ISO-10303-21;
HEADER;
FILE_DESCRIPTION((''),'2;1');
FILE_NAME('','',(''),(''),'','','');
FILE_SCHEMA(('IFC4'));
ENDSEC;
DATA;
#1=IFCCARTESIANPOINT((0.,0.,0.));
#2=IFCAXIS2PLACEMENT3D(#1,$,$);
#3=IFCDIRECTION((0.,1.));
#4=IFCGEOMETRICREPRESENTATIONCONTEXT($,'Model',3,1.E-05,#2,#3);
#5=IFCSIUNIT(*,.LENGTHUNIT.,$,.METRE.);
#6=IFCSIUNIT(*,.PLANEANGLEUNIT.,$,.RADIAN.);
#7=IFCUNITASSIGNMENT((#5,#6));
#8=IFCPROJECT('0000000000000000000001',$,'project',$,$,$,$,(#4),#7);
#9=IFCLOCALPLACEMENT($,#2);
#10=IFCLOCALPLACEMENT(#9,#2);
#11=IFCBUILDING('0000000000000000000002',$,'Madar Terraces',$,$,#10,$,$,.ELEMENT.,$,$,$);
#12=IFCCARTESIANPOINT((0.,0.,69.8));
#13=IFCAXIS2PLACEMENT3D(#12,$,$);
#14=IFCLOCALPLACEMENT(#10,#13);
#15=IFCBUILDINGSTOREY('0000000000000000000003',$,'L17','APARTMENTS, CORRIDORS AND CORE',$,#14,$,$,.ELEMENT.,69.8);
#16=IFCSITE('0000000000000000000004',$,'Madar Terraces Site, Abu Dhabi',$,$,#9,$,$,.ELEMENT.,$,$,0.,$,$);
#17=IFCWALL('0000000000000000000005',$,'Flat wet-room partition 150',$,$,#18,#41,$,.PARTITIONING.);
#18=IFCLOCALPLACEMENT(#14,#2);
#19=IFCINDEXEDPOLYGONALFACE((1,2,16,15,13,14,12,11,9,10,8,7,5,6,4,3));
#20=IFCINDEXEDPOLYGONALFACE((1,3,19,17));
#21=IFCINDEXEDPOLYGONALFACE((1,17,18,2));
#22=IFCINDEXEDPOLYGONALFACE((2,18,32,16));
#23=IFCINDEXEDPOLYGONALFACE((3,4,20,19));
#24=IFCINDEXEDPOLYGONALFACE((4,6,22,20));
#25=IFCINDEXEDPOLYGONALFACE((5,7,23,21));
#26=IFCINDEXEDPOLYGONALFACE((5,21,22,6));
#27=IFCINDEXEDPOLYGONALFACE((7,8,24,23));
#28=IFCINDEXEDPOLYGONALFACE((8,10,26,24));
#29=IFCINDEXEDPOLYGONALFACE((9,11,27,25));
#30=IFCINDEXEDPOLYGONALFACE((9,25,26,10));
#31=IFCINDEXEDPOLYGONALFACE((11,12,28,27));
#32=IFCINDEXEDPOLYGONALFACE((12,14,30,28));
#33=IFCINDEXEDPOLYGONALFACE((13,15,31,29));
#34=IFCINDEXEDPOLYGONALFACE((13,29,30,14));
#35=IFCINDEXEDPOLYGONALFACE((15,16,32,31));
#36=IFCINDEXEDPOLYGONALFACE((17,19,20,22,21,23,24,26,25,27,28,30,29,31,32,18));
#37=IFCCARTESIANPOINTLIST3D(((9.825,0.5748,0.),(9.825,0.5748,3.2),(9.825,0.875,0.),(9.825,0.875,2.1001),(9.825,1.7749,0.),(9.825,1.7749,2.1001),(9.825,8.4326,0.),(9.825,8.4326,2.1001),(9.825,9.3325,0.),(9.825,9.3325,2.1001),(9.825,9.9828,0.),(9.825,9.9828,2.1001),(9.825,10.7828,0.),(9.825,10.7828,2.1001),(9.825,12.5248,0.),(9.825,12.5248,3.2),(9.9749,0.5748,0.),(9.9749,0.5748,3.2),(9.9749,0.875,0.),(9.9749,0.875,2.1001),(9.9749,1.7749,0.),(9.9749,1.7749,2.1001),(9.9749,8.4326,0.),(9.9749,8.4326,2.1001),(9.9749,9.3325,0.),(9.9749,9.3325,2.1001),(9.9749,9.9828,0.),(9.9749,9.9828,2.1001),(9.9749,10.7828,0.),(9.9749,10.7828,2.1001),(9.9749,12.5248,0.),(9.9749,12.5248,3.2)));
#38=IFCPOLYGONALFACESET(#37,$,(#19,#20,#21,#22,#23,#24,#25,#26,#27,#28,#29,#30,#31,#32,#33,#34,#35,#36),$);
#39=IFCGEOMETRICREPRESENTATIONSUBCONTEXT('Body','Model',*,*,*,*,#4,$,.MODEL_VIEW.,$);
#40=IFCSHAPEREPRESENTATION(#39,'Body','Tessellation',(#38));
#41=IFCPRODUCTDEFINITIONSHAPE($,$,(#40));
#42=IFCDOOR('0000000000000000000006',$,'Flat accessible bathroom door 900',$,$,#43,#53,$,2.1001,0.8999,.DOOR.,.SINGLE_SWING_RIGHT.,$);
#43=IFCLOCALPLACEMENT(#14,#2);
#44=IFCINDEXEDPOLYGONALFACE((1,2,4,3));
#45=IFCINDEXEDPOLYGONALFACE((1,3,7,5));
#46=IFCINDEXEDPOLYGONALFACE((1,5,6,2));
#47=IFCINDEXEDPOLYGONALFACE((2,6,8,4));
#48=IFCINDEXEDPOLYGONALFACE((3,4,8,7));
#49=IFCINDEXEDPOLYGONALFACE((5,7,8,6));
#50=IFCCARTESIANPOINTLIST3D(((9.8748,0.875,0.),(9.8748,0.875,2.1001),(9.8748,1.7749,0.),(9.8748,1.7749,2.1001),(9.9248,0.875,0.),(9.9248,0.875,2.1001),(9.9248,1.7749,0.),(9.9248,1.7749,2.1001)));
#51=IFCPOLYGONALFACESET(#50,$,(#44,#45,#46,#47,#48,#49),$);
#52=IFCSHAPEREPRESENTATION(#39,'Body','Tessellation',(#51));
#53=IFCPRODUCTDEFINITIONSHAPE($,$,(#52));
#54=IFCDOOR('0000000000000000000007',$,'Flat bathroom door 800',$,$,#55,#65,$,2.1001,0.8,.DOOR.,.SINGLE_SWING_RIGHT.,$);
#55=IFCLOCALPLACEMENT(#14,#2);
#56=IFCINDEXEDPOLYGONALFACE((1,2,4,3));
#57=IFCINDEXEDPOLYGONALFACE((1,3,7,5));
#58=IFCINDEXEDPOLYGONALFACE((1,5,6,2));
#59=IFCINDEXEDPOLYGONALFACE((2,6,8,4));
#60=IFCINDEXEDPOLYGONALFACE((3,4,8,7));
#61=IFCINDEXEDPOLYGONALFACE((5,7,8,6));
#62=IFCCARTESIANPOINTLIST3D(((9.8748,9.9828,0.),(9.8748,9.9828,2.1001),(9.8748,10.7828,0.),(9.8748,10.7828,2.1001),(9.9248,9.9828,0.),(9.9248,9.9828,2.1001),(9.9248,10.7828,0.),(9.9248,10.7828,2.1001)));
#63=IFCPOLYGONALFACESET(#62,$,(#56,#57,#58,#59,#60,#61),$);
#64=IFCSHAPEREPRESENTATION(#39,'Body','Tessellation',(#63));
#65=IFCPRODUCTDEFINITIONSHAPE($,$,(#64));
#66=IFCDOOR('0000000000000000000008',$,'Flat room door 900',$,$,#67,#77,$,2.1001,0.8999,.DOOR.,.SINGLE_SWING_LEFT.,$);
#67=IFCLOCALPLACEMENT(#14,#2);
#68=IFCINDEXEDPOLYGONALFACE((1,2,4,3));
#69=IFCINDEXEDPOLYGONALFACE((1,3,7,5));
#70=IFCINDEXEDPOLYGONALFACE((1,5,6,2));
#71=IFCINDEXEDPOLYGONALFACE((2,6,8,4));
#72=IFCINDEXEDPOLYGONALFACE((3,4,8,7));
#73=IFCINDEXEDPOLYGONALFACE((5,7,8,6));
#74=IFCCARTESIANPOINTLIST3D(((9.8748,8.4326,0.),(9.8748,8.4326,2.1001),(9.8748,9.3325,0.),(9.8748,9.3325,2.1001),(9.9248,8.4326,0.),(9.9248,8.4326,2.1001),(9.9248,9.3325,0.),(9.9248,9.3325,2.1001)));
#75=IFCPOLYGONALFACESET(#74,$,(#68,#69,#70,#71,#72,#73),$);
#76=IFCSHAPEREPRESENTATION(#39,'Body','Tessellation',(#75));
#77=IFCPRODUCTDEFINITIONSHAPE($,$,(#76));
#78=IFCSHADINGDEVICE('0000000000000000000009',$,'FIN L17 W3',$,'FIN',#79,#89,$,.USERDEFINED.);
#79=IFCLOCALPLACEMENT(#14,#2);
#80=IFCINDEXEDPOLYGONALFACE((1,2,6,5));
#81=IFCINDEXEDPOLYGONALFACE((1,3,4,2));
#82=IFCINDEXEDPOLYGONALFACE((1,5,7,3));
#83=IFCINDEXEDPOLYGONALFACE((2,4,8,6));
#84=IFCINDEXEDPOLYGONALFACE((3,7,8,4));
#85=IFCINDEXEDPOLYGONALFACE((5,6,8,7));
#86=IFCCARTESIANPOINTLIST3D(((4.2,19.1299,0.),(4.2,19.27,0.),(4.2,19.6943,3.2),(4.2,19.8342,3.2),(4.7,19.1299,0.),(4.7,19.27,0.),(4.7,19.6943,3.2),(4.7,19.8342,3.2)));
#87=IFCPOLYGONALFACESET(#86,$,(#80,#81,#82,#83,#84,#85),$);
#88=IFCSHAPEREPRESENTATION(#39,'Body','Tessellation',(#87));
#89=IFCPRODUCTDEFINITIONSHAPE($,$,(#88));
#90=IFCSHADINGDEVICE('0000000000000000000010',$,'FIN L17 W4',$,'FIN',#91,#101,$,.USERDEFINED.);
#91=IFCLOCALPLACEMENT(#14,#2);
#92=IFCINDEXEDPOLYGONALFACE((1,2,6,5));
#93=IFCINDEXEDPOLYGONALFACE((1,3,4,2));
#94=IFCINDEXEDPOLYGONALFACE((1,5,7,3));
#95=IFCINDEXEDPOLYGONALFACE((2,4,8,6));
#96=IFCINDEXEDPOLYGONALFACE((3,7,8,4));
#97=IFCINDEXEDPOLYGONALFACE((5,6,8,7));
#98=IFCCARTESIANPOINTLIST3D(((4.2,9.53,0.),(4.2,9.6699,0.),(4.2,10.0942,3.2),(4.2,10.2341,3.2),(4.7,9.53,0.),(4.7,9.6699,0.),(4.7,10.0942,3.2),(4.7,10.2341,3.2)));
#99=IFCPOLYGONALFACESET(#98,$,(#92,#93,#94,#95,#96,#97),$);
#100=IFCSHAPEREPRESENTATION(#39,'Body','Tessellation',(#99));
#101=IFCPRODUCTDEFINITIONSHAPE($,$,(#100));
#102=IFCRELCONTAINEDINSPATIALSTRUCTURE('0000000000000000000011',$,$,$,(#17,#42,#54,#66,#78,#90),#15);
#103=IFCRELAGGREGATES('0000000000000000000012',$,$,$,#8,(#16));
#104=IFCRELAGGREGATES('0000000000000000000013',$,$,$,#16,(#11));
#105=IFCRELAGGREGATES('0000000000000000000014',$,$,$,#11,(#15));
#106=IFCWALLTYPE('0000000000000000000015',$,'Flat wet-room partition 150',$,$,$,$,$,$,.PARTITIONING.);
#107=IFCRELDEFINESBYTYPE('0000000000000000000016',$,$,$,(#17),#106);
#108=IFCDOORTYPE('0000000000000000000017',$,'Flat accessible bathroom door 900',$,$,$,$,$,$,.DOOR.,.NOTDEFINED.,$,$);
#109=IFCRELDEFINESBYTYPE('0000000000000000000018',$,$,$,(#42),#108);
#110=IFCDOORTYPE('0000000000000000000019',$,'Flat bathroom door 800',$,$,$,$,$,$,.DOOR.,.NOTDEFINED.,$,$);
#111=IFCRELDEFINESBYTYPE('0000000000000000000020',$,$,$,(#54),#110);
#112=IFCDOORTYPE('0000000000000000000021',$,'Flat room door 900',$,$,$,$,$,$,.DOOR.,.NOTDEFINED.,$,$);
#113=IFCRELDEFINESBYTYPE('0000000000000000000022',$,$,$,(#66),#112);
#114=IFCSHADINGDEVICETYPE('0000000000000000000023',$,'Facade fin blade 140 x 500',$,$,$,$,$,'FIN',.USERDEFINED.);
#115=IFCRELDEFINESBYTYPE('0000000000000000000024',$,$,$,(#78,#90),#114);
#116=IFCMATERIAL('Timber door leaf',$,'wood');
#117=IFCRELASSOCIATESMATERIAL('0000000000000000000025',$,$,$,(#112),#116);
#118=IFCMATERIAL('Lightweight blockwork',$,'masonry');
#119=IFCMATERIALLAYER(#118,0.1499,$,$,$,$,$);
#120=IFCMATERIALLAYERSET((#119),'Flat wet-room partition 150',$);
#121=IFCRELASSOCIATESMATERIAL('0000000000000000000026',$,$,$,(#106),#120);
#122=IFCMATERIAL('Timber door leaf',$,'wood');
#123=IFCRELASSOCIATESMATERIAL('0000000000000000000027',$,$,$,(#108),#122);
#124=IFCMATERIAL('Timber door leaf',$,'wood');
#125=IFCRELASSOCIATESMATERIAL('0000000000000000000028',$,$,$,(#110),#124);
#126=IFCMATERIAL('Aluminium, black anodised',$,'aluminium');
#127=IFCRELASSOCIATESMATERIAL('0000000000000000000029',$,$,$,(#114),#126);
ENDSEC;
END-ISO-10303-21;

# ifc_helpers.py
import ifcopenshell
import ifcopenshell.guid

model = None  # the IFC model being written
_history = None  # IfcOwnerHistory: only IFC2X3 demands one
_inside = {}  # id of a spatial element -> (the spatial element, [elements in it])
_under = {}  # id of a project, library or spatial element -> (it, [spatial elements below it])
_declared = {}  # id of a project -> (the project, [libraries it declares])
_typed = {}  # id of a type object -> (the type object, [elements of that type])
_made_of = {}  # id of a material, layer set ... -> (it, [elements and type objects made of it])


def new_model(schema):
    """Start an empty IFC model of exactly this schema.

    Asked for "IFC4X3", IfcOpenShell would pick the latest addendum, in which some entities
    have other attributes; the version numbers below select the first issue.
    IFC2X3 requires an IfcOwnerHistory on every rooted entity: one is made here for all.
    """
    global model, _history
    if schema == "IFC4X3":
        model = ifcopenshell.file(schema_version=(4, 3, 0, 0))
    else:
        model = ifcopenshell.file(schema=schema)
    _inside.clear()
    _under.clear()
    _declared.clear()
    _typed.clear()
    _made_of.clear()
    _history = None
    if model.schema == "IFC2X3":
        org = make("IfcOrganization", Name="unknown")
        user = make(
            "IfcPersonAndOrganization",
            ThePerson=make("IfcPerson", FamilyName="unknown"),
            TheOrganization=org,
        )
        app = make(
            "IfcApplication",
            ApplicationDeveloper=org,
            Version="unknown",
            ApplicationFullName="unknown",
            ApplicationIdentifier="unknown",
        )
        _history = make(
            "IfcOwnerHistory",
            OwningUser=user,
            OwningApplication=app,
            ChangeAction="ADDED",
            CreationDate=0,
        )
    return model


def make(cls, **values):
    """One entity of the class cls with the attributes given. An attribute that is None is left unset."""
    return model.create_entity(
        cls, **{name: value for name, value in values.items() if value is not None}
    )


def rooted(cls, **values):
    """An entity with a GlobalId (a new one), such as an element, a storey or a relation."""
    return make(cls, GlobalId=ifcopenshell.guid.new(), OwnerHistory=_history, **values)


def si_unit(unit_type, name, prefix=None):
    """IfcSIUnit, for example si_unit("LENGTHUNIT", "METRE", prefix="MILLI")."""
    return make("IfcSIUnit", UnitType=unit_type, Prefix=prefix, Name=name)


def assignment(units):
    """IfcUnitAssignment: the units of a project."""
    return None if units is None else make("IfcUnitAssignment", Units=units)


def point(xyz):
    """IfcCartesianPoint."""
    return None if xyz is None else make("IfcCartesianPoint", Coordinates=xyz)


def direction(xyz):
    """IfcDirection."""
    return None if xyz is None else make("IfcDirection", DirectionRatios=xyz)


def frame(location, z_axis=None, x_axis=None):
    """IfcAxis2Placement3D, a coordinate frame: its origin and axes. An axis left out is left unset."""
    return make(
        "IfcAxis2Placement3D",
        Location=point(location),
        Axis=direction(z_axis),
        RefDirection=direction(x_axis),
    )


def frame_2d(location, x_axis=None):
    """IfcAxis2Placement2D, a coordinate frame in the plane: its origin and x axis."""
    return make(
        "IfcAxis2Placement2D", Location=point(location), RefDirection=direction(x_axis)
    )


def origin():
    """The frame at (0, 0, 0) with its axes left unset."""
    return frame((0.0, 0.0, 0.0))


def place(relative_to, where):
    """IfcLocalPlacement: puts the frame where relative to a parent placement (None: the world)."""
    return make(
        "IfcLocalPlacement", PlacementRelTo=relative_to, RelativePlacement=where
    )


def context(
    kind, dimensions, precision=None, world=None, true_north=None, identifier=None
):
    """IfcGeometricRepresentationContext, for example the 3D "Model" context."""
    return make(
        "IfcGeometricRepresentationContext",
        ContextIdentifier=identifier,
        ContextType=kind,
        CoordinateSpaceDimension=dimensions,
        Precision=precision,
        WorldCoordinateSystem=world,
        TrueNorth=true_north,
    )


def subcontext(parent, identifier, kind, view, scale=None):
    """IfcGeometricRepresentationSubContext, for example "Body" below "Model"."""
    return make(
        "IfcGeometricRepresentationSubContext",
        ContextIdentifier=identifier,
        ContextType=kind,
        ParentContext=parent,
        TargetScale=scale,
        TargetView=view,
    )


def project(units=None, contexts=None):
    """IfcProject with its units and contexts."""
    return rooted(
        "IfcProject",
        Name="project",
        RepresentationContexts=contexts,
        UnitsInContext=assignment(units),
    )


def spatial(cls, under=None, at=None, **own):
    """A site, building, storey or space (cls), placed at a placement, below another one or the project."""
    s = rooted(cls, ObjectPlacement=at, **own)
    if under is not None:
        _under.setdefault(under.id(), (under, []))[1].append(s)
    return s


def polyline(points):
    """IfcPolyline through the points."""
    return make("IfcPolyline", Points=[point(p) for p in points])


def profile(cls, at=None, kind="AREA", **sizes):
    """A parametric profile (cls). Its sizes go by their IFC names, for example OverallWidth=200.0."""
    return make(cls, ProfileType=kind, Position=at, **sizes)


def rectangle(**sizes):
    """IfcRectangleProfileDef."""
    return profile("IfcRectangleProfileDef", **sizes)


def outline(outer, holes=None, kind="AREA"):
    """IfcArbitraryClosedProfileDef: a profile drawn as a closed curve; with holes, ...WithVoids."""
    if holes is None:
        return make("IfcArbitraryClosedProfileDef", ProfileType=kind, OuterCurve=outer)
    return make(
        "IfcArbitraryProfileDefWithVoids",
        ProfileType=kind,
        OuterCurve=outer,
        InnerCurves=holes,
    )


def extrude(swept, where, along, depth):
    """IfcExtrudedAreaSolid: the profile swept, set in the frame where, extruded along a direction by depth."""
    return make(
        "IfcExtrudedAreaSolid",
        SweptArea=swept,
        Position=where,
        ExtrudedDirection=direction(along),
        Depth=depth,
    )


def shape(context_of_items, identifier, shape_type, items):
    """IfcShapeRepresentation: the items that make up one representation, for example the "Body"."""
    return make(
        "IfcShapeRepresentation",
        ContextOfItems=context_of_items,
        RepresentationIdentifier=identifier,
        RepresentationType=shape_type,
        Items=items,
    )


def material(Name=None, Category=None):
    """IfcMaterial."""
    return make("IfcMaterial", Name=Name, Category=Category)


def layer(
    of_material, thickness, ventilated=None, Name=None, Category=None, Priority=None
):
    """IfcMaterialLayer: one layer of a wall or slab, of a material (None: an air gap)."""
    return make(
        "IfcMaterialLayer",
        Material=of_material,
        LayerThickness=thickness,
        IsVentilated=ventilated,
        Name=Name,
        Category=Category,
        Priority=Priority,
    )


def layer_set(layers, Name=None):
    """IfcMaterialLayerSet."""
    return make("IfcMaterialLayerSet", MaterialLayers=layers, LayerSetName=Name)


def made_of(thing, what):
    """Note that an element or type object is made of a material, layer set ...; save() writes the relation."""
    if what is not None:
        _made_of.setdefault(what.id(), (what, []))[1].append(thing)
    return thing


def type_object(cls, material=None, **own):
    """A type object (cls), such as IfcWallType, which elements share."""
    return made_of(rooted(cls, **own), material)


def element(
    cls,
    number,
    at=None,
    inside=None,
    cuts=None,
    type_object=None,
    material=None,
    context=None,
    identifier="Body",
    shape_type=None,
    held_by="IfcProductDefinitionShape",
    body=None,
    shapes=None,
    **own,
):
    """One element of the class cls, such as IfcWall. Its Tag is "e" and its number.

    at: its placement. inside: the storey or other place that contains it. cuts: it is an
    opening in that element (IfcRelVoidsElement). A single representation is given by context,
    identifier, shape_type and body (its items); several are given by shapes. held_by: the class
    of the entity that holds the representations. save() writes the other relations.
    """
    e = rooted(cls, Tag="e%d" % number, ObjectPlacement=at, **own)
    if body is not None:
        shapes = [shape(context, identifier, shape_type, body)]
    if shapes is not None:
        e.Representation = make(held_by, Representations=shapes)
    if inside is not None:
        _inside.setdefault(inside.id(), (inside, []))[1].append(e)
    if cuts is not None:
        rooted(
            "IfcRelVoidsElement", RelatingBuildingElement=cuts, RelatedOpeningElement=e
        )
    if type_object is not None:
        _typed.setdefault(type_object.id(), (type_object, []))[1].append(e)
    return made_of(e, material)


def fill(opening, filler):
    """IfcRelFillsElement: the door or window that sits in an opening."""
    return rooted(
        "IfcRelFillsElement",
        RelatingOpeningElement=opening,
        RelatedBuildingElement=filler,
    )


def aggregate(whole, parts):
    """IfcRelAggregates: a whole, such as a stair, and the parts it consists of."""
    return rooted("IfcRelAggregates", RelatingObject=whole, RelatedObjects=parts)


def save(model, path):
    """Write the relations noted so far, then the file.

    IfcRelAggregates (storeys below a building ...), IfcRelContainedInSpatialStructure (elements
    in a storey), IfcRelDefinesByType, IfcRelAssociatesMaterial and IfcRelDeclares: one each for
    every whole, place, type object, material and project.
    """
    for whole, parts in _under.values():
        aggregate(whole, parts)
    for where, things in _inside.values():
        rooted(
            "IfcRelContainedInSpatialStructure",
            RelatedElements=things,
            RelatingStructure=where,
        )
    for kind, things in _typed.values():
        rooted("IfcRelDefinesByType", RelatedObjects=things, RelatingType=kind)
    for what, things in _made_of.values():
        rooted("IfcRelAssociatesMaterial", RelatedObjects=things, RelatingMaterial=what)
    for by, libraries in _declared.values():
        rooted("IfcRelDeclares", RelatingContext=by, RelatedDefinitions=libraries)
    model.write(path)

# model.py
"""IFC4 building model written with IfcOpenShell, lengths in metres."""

from ifc_helpers import new_model, si_unit, direction, frame, frame_2d, origin, place, context, subcontext, project, spatial, polyline, rectangle, outline, extrude, material, layer, layer_set, type_object, element, fill, save


model = new_model("IFC4")

# Units and contexts
model_context = context("Model", 3, precision=1e-05, world=origin(), true_north=direction((0.0, 1.0)))
body_context = subcontext(model_context, "Body", "Model", "MODEL_VIEW")
ifc_project = project(units=[si_unit("LENGTHUNIT", "METRE"), si_unit("PLANEANGLEUNIT", "RADIAN")], contexts=[model_context])

# Site, building, storey
site_placement = place(None, origin())
site = spatial("IfcSite", under=ifc_project, at=site_placement, Name="Madar Terraces Site, Abu Dhabi", CompositionType="ELEMENT", RefElevation=0.0)
building_placement = place(site_placement, origin())
building = spatial("IfcBuilding", under=site, at=building_placement, Name="Madar Terraces", CompositionType="ELEMENT")
storey_placement = place(building_placement, frame((0.0, 0.0, 69.8)))
storey = spatial("IfcBuildingStorey", under=building, at=storey_placement, Name="L17", Description="APARTMENTS, CORRIDORS AND CORE", CompositionType="ELEMENT", Elevation=69.8)

# Shared definitions
ifc_material_1 = material(Name="Timber door leaf", Category="wood")
door_type_1 = type_object("IfcDoorType", Name="Flat room door 900", OperationType="NOTDEFINED", PredefinedType="DOOR", material=ifc_material_1)

# Shared definitions
ifc_material_2 = material(Name="Lightweight blockwork", Category="masonry")
ifc_layer_1 = layer(ifc_material_2, 0.1499)
ifc_layer_set_1 = layer_set([ifc_layer_1], Name="Flat wet-room partition 150")
wall_type_1 = type_object("IfcWallType", Name="Flat wet-room partition 150", PredefinedType="PARTITIONING", material=ifc_layer_set_1)

# Wall, openings, doors
wall_1_placement = place(storey_placement, frame((9.8999, 12.5249, 0.0), z_axis=(0.0, 0.0, 1.0), x_axis=(0.0, -1.0, 0.0)))
wall_1 = element("IfcWall", 1, at=wall_1_placement, inside=storey, type_object=wall_type_1, Name="Flat wet-room partition 150", PredefinedType="PARTITIONING", context=body_context, shape_type="SweptSolid", body=[
    extrude(rectangle(XDim=11.95, YDim=0.1499, at=frame_2d((5.9751, 0.0))), origin(), (0.0, 0.0, 1.0), 3.2),
])
opening_1_placement = place(wall_1_placement, frame((1.7422, 0.0, 0.0)))
opening_1 = element("IfcOpeningElement", 2, at=opening_1_placement, cuts=wall_1, PredefinedType="OPENING", context=body_context, shape_type="SweptSolid", body=[
    extrude(rectangle(XDim=0.8, YDim=2.1001, at=frame_2d((0.3999, 1.05))), frame((0.0, 0.085, 0.0), z_axis=(0.0, -1.0, 0.0), x_axis=(1.0, 0.0, 0.0)), (0.0, 0.0, 1.0), 0.1699),
])
opening_2_placement = place(wall_1_placement, frame((3.1924, 0.0, 0.0)))
opening_2 = element("IfcOpeningElement", 3, at=opening_2_placement, cuts=wall_1, PredefinedType="OPENING", context=body_context, shape_type="SweptSolid", body=[
    extrude(rectangle(XDim=0.8999, YDim=2.1001, at=frame_2d((0.45, 1.05))), frame((0.0, 0.085, 0.0), z_axis=(0.0, -1.0, 0.0), x_axis=(1.0, 0.0, 0.0)), (0.0, 0.0, 1.0), 0.1699),
])
opening_3_placement = place(wall_1_placement, frame((10.75, 0.0, 0.0)))
opening_3 = element("IfcOpeningElement", 4, at=opening_3_placement, cuts=wall_1, PredefinedType="OPENING", context=body_context, shape_type="SweptSolid", body=[
    extrude(rectangle(XDim=0.8999, YDim=2.1001, at=frame_2d((0.45, 1.05))), frame((0.0, 0.085, 0.0), z_axis=(0.0, -1.0, 0.0), x_axis=(1.0, 0.0, 0.0)), (0.0, 0.0, 1.0), 0.1699),
])
ifc_material_3 = material(Name="Timber door leaf", Category="wood")
door_type_2 = type_object("IfcDoorType", Name="Flat accessible bathroom door 900", OperationType="NOTDEFINED", PredefinedType="DOOR", material=ifc_material_3)
door_1_placement = place(opening_3_placement, origin())
door_1 = element("IfcDoor", 5, at=door_1_placement, inside=storey, type_object=door_type_2, Name="Flat accessible bathroom door 900", OperationType="SINGLE_SWING_RIGHT", OverallHeight=2.1001, OverallWidth=0.8999, PredefinedType="DOOR", context=body_context, shape_type="SweptSolid", body=[
    extrude(rectangle(XDim=0.8999, YDim=2.1001, at=frame_2d((0.45, 1.05))), frame((0.0, 0.0249, 0.0), z_axis=(0.0, -1.0, 0.0), x_axis=(1.0, 0.0, 0.0)), (0.0, 0.0, 1.0), 0.05),
])
fill(opening_3, door_1)
ifc_material_4 = material(Name="Timber door leaf", Category="wood")
door_type_3 = type_object("IfcDoorType", Name="Flat bathroom door 800", OperationType="NOTDEFINED", PredefinedType="DOOR", material=ifc_material_4)
door_2_placement = place(opening_1_placement, origin())
door_2 = element("IfcDoor", 6, at=door_2_placement, inside=storey, type_object=door_type_3, Name="Flat bathroom door 800", OperationType="SINGLE_SWING_RIGHT", OverallHeight=2.1001, OverallWidth=0.8, PredefinedType="DOOR", context=body_context, shape_type="SweptSolid", body=[
    extrude(rectangle(XDim=0.8, YDim=2.1001, at=frame_2d((0.3999, 1.05))), frame((0.0, 0.0249, 0.0), z_axis=(0.0, -1.0, 0.0), x_axis=(1.0, 0.0, 0.0)), (0.0, 0.0, 1.0), 0.05),
])
fill(opening_1, door_2)
door_3_placement = place(opening_2_placement, origin())
door_3 = element("IfcDoor", 7, at=door_3_placement, inside=storey, type_object=door_type_1, Name="Flat room door 900", OperationType="SINGLE_SWING_LEFT", OverallHeight=2.1001, OverallWidth=0.8999, PredefinedType="DOOR", context=body_context, shape_type="SweptSolid", body=[
    extrude(rectangle(XDim=0.8999, YDim=2.1001, at=frame_2d((0.45, 1.05))), frame((0.0, 0.0249, 0.0), z_axis=(0.0, -1.0, 0.0), x_axis=(1.0, 0.0, 0.0)), (0.0, 0.0, 1.0), 0.05),
])
fill(opening_2, door_3)

# Shading devices
ifc_material_5 = material(Name="Aluminium, black anodised", Category="aluminium")
shading_device_type = type_object("IfcShadingDeviceType", Name="Facade fin blade 140 x 500", ElementType="FIN", PredefinedType="USERDEFINED", material=ifc_material_5)
shading_device_1_placement = place(storey_placement, frame((4.45, 19.27, 0.0), z_axis=(0.0, 0.0, 1.0), x_axis=(0.0, -1.0, 0.0)))
element("IfcShadingDevice", 8, at=shading_device_1_placement, inside=storey, type_object=shading_device_type, Name="FIN L17 W3", ObjectType="FIN", PredefinedType="USERDEFINED", context=body_context, shape_type="SweptSolid", body=[
    extrude(outline(polyline([(0.0, 0.0), (0.1401, 0.0), (-0.4243, 3.2), (-0.5642, 3.2), (0.0, 0.0)])), frame((0.0, 0.25, 0.0), z_axis=(0.0, -1.0, 0.0), x_axis=(1.0, 0.0, 0.0)), (0.0, 0.0, 1.0), 0.5),
])
shading_device_2_placement = place(storey_placement, frame((4.45, 9.6699, 0.0), z_axis=(0.0, 0.0, 1.0), x_axis=(0.0, -1.0, 0.0)))
element("IfcShadingDevice", 9, at=shading_device_2_placement, inside=storey, type_object=shading_device_type, Name="FIN L17 W4", ObjectType="FIN", PredefinedType="USERDEFINED", context=body_context, shape_type="SweptSolid", body=[
    extrude(outline(polyline([(0.0, 0.0), (0.1399, 0.0), (-0.4243, 3.2), (-0.5642, 3.2), (0.0, 0.0)])), frame((0.0, 0.25, 0.0), z_axis=(0.0, -1.0, 0.0), x_axis=(1.0, 0.0, 0.0)), (0.0, 0.0, 1.0), 0.5),
])

save(model, "model.ifc")
